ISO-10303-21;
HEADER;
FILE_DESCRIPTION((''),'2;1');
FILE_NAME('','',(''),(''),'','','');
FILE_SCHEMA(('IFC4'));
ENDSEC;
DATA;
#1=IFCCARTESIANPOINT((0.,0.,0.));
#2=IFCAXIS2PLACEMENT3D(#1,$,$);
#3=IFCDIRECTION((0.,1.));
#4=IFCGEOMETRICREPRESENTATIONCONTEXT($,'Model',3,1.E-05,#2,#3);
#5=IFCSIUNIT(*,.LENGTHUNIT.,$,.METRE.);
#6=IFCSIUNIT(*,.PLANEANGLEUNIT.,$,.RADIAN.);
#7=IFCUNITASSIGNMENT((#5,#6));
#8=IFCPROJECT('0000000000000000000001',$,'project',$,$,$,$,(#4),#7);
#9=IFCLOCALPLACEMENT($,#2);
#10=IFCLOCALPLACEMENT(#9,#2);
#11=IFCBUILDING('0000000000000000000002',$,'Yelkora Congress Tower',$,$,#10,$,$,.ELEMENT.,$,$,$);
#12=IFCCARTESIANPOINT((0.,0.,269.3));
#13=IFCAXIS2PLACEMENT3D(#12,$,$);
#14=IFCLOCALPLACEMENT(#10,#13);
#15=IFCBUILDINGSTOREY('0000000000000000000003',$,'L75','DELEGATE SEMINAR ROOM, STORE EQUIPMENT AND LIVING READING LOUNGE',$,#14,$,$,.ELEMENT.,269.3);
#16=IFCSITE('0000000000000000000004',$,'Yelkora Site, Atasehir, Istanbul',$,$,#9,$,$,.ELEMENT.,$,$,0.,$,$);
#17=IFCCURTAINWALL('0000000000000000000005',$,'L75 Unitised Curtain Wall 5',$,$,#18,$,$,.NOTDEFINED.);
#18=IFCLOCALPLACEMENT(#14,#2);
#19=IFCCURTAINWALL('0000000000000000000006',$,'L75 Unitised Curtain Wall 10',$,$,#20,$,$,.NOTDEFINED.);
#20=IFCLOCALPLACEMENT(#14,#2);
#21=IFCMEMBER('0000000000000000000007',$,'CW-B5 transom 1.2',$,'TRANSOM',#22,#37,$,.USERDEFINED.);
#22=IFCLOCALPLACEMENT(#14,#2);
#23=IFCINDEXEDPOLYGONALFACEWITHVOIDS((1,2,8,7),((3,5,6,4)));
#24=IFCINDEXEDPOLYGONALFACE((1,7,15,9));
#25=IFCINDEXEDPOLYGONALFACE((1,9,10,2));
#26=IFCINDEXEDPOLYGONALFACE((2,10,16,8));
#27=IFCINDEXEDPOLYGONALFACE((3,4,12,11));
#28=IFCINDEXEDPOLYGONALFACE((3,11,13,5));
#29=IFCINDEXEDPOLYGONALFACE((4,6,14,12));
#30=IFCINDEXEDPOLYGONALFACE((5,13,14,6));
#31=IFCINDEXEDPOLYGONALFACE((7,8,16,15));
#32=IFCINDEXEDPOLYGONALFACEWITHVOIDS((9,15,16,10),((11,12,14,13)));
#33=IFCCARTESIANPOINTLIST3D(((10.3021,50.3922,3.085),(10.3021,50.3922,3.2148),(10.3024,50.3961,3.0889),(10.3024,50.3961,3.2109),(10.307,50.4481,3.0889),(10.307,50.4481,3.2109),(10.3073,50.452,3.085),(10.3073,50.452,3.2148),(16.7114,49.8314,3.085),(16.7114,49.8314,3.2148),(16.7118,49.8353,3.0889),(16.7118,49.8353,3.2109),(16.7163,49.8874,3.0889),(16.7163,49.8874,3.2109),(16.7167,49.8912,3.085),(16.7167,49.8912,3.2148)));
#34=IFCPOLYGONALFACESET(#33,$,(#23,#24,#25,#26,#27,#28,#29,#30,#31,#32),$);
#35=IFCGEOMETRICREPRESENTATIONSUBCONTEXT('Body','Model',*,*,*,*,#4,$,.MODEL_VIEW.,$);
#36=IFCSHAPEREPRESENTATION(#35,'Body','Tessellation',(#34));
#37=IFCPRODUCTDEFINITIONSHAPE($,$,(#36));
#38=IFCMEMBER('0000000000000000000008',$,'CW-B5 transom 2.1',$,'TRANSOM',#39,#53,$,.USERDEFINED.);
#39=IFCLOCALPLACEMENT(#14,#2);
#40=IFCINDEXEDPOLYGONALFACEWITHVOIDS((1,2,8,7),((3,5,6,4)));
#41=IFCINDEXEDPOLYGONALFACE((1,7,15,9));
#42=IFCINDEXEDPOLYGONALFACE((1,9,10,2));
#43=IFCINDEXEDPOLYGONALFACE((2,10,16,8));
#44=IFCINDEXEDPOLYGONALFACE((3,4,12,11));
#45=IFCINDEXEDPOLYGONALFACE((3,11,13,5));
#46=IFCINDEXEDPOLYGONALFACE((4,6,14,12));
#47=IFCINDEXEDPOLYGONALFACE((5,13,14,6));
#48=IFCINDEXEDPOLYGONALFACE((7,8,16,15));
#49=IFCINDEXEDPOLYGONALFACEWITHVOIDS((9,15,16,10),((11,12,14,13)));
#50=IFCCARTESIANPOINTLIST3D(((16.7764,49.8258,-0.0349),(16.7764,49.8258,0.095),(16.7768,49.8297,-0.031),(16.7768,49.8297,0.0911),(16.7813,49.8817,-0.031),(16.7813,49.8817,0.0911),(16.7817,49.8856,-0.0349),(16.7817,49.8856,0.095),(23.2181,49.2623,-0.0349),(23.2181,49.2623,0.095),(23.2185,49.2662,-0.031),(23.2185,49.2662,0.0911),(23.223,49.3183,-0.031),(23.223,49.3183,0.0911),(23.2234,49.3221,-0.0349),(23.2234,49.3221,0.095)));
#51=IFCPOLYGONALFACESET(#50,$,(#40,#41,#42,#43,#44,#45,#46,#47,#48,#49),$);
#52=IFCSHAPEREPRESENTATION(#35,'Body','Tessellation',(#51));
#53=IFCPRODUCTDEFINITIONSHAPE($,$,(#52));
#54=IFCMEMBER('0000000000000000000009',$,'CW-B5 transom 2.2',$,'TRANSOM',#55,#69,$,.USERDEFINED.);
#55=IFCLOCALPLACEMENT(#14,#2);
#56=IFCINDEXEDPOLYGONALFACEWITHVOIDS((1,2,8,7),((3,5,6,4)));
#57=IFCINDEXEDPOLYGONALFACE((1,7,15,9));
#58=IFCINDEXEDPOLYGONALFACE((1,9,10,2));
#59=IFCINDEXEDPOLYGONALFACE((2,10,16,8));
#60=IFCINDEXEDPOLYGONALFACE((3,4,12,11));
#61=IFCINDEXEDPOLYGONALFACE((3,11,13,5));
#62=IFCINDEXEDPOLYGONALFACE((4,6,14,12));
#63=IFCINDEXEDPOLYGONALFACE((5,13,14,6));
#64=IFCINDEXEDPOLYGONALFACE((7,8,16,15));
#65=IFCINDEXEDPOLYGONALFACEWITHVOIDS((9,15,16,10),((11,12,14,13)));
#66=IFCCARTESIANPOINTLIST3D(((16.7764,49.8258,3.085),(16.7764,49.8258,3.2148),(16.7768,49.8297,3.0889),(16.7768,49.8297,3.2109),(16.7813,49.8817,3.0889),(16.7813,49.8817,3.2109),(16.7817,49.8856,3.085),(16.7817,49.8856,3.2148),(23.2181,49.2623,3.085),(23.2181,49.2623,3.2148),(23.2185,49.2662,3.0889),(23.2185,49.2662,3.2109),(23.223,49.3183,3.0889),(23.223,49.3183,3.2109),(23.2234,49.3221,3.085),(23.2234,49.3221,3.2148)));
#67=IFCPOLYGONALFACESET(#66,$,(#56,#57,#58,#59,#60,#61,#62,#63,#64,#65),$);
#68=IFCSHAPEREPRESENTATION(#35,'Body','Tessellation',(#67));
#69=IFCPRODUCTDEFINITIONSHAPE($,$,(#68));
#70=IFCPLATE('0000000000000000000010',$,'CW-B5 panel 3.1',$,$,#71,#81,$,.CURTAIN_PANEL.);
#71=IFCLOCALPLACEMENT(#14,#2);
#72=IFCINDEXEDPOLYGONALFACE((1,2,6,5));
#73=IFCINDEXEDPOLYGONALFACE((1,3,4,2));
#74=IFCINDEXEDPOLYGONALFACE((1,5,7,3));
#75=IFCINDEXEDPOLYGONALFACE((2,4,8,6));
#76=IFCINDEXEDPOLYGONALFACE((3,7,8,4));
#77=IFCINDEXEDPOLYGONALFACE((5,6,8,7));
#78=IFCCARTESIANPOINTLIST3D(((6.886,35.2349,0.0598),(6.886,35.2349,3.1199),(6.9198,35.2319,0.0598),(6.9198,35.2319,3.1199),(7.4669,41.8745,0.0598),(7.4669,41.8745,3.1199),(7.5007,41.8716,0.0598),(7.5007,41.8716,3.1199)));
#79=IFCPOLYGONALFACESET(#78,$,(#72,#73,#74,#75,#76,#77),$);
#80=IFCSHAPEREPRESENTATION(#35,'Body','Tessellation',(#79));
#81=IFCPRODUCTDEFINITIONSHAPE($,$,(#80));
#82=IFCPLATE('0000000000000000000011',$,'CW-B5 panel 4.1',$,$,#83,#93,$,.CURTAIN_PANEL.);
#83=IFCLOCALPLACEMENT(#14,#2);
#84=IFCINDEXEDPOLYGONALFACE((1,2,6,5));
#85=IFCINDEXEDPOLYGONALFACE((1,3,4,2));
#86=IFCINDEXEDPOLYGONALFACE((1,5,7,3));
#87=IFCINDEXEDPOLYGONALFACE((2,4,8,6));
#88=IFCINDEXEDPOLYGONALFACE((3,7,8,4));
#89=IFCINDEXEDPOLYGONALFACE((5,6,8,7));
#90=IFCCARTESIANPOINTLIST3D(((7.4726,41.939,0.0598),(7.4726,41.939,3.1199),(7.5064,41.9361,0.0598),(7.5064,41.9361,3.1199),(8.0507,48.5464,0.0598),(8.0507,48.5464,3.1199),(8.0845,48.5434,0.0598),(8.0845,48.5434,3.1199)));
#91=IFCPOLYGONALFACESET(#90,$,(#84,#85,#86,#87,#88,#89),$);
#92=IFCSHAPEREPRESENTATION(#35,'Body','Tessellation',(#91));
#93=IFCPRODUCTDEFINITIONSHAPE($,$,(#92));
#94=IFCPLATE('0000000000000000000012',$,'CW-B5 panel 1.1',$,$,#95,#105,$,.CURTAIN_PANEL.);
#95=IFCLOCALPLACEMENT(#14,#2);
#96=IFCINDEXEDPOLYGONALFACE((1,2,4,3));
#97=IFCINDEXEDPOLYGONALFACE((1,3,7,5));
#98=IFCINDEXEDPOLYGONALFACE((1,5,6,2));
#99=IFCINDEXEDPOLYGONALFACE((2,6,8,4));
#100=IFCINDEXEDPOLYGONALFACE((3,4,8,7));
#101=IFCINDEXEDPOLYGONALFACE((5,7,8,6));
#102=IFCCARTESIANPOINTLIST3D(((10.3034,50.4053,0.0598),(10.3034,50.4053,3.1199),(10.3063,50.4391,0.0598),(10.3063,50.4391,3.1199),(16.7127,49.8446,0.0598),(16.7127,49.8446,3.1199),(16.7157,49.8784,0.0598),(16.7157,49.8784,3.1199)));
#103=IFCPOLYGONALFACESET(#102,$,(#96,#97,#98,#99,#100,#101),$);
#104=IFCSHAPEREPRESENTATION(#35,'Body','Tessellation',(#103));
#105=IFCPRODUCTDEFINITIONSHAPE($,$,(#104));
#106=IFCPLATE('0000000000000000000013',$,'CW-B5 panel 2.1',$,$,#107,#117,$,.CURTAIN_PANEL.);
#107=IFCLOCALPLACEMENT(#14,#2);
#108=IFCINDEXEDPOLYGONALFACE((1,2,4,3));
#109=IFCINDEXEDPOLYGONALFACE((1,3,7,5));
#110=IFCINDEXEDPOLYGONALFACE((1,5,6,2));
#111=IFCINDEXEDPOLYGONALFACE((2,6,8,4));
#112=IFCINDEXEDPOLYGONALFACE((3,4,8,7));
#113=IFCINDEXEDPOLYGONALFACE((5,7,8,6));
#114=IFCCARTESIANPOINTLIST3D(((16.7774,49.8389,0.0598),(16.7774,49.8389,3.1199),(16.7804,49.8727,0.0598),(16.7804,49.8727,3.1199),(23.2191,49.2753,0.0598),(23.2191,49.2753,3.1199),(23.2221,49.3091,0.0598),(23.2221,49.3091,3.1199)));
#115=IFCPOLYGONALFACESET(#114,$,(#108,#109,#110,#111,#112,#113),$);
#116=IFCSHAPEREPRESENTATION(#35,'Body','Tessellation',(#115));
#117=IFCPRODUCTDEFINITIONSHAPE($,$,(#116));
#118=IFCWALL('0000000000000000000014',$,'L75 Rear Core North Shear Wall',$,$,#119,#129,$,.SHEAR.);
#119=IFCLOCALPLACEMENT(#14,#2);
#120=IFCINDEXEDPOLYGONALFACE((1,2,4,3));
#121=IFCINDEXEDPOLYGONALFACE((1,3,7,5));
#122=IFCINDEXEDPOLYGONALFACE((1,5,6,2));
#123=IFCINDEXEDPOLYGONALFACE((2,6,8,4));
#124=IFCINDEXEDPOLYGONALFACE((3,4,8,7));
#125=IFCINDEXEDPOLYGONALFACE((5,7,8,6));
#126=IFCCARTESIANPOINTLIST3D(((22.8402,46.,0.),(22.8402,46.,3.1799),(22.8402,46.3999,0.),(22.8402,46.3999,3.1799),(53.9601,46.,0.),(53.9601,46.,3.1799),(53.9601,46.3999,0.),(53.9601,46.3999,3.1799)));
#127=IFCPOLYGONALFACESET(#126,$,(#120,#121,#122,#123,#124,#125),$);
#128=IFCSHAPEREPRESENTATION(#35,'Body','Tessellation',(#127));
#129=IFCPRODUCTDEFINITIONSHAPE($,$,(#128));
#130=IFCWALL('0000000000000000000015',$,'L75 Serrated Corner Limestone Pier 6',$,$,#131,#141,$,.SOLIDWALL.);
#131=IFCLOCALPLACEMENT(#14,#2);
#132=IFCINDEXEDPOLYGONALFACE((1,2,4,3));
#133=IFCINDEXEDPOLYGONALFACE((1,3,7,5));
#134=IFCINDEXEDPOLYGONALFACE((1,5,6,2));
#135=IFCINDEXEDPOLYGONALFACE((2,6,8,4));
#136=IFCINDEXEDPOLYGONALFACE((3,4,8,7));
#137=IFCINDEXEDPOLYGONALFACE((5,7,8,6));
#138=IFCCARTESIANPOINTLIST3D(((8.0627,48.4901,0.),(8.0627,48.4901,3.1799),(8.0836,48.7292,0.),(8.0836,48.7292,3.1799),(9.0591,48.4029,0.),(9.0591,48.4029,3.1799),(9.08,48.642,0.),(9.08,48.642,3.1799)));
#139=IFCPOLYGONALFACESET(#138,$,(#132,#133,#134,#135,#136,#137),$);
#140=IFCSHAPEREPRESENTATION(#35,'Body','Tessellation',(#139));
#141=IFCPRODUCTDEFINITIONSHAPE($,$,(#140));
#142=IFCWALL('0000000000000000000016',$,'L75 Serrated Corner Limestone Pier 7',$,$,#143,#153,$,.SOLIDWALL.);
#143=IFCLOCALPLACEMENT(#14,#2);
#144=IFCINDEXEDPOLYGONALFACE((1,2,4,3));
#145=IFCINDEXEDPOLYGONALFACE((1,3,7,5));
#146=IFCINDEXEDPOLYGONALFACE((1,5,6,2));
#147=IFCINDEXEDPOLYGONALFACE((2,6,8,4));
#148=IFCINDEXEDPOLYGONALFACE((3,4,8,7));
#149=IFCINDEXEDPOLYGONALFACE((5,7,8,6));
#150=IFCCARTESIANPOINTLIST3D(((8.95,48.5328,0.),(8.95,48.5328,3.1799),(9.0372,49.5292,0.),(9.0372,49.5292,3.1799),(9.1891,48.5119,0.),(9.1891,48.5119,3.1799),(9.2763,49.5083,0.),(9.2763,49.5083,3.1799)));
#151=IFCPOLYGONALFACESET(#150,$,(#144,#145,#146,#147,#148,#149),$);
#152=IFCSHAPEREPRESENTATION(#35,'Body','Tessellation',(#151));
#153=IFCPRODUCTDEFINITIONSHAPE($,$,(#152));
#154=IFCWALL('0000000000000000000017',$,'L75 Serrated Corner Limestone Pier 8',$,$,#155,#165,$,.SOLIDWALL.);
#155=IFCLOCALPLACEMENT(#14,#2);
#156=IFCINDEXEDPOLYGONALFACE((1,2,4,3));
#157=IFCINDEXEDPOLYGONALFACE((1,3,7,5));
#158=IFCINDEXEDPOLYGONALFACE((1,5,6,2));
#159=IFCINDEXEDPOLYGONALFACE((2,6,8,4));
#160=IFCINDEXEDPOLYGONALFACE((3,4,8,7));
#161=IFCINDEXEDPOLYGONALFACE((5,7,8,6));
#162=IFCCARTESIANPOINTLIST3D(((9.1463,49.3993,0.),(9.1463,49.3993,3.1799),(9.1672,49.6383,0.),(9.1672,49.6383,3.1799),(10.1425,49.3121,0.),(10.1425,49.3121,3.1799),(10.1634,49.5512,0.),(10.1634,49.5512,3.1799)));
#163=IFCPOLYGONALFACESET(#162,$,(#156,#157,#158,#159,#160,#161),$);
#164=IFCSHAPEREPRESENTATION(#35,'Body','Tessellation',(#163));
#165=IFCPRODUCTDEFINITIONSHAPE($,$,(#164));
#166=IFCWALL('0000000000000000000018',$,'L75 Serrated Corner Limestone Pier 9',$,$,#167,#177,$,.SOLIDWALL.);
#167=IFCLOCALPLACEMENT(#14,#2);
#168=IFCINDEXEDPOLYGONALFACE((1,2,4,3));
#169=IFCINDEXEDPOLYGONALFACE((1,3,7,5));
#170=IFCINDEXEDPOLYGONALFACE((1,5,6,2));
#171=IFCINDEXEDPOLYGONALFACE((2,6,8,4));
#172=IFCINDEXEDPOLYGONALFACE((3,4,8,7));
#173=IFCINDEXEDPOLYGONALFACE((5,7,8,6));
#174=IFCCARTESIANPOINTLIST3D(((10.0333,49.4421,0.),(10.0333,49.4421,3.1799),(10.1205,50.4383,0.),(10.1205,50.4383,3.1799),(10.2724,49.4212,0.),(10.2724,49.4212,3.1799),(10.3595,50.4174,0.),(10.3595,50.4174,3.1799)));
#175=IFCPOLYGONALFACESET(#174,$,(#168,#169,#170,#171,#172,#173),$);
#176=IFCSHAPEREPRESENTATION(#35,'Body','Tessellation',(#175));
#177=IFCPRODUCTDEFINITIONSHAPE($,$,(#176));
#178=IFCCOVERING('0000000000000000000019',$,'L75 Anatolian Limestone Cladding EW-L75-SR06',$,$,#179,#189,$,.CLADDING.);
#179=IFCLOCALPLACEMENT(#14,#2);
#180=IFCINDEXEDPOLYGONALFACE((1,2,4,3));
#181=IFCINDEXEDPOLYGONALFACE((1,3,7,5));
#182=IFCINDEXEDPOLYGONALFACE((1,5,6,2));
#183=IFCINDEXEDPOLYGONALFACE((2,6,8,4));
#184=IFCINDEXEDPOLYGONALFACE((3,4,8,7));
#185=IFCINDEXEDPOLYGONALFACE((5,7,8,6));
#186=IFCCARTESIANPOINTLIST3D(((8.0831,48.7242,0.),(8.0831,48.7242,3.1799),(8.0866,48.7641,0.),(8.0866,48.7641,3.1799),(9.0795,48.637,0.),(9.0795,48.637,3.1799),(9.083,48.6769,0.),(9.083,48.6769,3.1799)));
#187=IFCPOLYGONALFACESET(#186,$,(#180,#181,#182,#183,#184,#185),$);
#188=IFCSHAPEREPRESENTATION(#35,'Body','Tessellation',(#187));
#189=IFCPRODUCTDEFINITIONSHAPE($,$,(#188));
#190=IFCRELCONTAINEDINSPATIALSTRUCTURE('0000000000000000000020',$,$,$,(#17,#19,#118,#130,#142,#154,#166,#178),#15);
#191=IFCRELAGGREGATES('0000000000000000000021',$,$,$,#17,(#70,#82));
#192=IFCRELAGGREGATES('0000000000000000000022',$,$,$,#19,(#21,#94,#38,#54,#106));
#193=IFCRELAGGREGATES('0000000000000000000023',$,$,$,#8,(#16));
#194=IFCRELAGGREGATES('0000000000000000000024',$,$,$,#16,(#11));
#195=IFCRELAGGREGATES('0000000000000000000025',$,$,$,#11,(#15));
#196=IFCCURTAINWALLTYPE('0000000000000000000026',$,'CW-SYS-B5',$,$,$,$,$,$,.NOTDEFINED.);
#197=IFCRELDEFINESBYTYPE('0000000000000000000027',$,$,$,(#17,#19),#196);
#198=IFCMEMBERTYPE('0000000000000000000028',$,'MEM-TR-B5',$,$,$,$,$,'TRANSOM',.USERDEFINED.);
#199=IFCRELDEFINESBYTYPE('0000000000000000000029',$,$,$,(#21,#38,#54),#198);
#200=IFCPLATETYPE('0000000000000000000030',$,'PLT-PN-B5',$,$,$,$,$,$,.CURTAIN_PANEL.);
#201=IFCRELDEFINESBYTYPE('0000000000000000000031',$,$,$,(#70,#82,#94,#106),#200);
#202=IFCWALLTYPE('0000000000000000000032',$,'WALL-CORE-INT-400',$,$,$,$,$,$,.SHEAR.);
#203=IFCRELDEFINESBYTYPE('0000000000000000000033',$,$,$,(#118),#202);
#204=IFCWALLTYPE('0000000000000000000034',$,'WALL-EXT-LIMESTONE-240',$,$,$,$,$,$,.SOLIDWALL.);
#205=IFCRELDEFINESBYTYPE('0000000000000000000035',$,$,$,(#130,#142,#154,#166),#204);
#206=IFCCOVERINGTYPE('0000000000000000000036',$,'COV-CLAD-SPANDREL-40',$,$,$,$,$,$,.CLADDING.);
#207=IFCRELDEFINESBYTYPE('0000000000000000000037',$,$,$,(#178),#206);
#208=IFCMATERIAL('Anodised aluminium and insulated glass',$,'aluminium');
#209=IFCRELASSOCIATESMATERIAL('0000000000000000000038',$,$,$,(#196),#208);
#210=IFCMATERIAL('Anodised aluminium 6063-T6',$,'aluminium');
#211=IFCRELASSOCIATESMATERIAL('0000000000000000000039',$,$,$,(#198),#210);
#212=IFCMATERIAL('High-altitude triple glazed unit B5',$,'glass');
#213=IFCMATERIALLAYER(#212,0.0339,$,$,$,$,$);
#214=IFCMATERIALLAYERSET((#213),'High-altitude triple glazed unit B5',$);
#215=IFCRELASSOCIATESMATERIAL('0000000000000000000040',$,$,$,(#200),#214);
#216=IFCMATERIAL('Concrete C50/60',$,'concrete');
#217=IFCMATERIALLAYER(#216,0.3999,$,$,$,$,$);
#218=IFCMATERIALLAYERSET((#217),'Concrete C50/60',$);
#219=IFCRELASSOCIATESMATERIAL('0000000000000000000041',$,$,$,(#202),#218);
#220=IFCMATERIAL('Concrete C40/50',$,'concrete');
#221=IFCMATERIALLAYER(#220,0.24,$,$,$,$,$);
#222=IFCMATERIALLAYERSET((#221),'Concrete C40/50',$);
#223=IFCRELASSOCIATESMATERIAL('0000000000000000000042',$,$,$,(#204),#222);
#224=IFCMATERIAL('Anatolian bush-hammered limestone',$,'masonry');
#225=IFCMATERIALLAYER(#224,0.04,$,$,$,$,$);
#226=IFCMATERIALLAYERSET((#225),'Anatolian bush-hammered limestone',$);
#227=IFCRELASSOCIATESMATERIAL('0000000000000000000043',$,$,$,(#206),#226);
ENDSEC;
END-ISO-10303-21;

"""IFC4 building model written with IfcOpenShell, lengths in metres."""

from ifc_helpers import new_model, si_unit, direction, frame, frame_2d, origin, origin_2d, place, context, subcontext, project, spatial, rectangle, hollow_rectangle, extrude, material, layer, layer_set, material_profile, profile_set, type_object, element, aggregate, save


model = new_model("IFC4")

# Units and contexts
model_context = context("Model", 3, precision=1e-05, world=origin(), true_north=direction((0.0, 1.0)))
body_context = subcontext(model_context, "Body", "Model", "MODEL_VIEW")
ifc_project = project(units=[si_unit("LENGTHUNIT", "METRE"), si_unit("PLANEANGLEUNIT", "RADIAN")], contexts=[model_context])

# Site, building, storey
site_placement = place(None, origin())
site = spatial("IfcSite", under=ifc_project, at=site_placement, Name="Yelkora Site, Atasehir, Istanbul", CompositionType="ELEMENT", RefElevation=0.0)
building_placement = place(site_placement, origin())
building = spatial("IfcBuilding", under=site, at=building_placement, Name="Yelkora Congress Tower", CompositionType="ELEMENT")
storey_placement = place(building_placement, frame((0.0, 0.0, 269.3)))
storey = spatial("IfcBuildingStorey", under=building, at=storey_placement, Name="L75", Description="DELEGATE SEMINAR ROOM, STORE EQUIPMENT AND LIVING READING LOUNGE", CompositionType="ELEMENT", Elevation=269.3)

# Curtain walls
ifc_material_1 = material(Name="Anodised aluminium and insulated glass", Category="aluminium")
curtain_wall_type = type_object("IfcCurtainWallType", Name="CW-SYS-B5", PredefinedType="NOTDEFINED", material=ifc_material_1)
curtain_wall_1_placement = place(storey_placement, origin())
curtain_wall_1 = element("IfcCurtainWall", 1, at=curtain_wall_1_placement, inside=storey, type_object=curtain_wall_type, Name="L75 Unitised Curtain Wall 5", PredefinedType="NOTDEFINED")
ifc_material_2 = material(Name="Anodised aluminium 6063-T6", Category="aluminium")
curtain_wall_2_placement = place(storey_placement, origin())
curtain_wall_2 = element("IfcCurtainWall", 2, at=curtain_wall_2_placement, inside=storey, type_object=curtain_wall_type, Name="L75 Unitised Curtain Wall 10", PredefinedType="NOTDEFINED")

# Members
ifc_material_profile_1 = material_profile(ifc_material_2, hollow_rectangle(XDim=0.0601, YDim=0.1299, WallThickness=0.0039, at=origin_2d()), Name="ALU 60x130x4")
ifc_profile_set_1 = profile_set([ifc_material_profile_1], Name="Anodised aluminium 6063-T6")
member_type_1 = type_object("IfcMemberType", Name="MEM-TR-B5", ElementType="TRANSOM", PredefinedType="USERDEFINED", material=ifc_profile_set_1)
member_1_placement = place(storey_placement, frame((10.3047, 50.4221, 3.1499), z_axis=(0.996194, -0.087162, 0.0), x_axis=(0.087162, 0.996194, 0.0)))
member_1 = element("IfcMember", 3, at=member_1_placement, type_object=member_type_1, Name="CW-B5 transom 1.2", ObjectType="TRANSOM", PredefinedType="USERDEFINED", context=body_context, shape_type="SweptSolid", body=[
    extrude(hollow_rectangle(XDim=0.0601, YDim=0.1299, WallThickness=0.0039, at=origin_2d()), origin(), (0.0, 0.0, 1.0), 6.4338),
])
member_2_placement = place(storey_placement, frame((16.7791, 49.8557, 0.03), z_axis=(0.996196, -0.087141, 0.0), x_axis=(0.087141, 0.996196, 0.0)))
member_2 = element("IfcMember", 4, at=member_2_placement, type_object=member_type_1, Name="CW-B5 transom 2.1", ObjectType="TRANSOM", PredefinedType="USERDEFINED", context=body_context, shape_type="SweptSolid", body=[
    extrude(hollow_rectangle(XDim=0.0601, YDim=0.1299, WallThickness=0.0039, at=origin_2d()), origin(), (0.0, 0.0, 1.0), 6.4663),
])
member_3_placement = place(storey_placement, frame((16.7791, 49.8557, 3.1499), z_axis=(0.996196, -0.087141, 0.0), x_axis=(0.087141, 0.996196, 0.0)))
member_3 = element("IfcMember", 5, at=member_3_placement, type_object=member_type_1, Name="CW-B5 transom 2.2", ObjectType="TRANSOM", PredefinedType="USERDEFINED", context=body_context, shape_type="SweptSolid", body=[
    extrude(hollow_rectangle(XDim=0.0601, YDim=0.1299, WallThickness=0.0039, at=origin_2d()), origin(), (0.0, 0.0, 1.0), 6.4663),
])

# Plates
ifc_material_3 = material(Name="High-altitude triple glazed unit B5", Category="glass")
ifc_layer_1 = layer(ifc_material_3, 0.0339)
ifc_layer_set_1 = layer_set([ifc_layer_1], Name="High-altitude triple glazed unit B5")
plate_type = type_object("IfcPlateType", Name="PLT-PN-B5", PredefinedType="CURTAIN_PANEL", material=ifc_layer_set_1)
plate_1_placement = place(storey_placement, frame((7.1934, 38.5532, 0.0598), z_axis=(0.0, 0.0, 1.0), x_axis=(0.087155, 0.996195, 0.0)))
plate_1 = element("IfcPlate", 6, at=plate_1_placement, type_object=plate_type, Name="CW-B5 panel 3.1", PredefinedType="CURTAIN_PANEL", context=body_context, shape_type="SweptSolid", body=[
    extrude(rectangle(XDim=6.665, YDim=0.0339, at=origin_2d()), origin(), (0.0, 0.0, 1.0), 3.0601),
])
plate_2_placement = place(storey_placement, frame((7.7786, 45.2412, 0.0598), z_axis=(0.0, 0.0, 1.0), x_axis=(0.087155, 0.996195, 0.0)))
plate_2 = element("IfcPlate", 7, at=plate_2_placement, type_object=plate_type, Name="CW-B5 panel 4.1", PredefinedType="CURTAIN_PANEL", context=body_context, shape_type="SweptSolid", body=[
    extrude(rectangle(XDim=6.6326, YDim=0.0339, at=origin_2d()), origin(), (0.0, 0.0, 1.0), 3.0601),
])
aggregate(curtain_wall_1, [plate_1, plate_2])
plate_3_placement = place(storey_placement, frame((13.5095, 50.1418, 0.0598), z_axis=(0.0, 0.0, 1.0), x_axis=(0.996195, -0.087157, 0.0)))
plate_3 = element("IfcPlate", 8, at=plate_3_placement, type_object=plate_type, Name="CW-B5 panel 1.1", PredefinedType="CURTAIN_PANEL", context=body_context, shape_type="SweptSolid", body=[
    extrude(rectangle(XDim=6.4338, YDim=0.0339, at=origin_2d()), origin(), (0.0, 0.0, 1.0), 3.0601),
])
plate_4_placement = place(storey_placement, frame((19.9998, 49.574, 0.0598), z_axis=(0.0, 0.0, 1.0), x_axis=(0.996195, -0.087157, 0.0)))
plate_4 = element("IfcPlate", 9, at=plate_4_placement, type_object=plate_type, Name="CW-B5 panel 2.1", PredefinedType="CURTAIN_PANEL", context=body_context, shape_type="SweptSolid", body=[
    extrude(rectangle(XDim=6.4663, YDim=0.0339, at=origin_2d()), origin(), (0.0, 0.0, 1.0), 3.0601),
])
aggregate(curtain_wall_2, [member_1, plate_3, member_2, member_3, plate_4])

# Walls
ifc_material_4 = material(Name="Concrete C50/60", Category="concrete")
ifc_layer_2 = layer(ifc_material_4, 0.3999)
ifc_layer_set_2 = layer_set([ifc_layer_2], Name="Concrete C50/60")
wall_type_1 = type_object("IfcWallType", Name="WALL-CORE-INT-400", PredefinedType="SHEAR", material=ifc_layer_set_2)
wall_placement = place(storey_placement, frame((22.8401, 46.2, 0.0), z_axis=(0.0, 0.0, 1.0), x_axis=(1.0, 0.0, 0.0)))
element("IfcWall", 10, at=wall_placement, inside=storey, type_object=wall_type_1, Name="L75 Rear Core North Shear Wall", PredefinedType="SHEAR", context=body_context, shape_type="SweptSolid", body=[
    extrude(rectangle(XDim=31.1199, YDim=0.3999, at=frame_2d((15.5601, 0.0))), origin(), (0.0, 0.0, 1.0), 3.1799),
])
ifc_material_5 = material(Name="Concrete C40/50", Category="concrete")
ifc_layer_3 = layer(ifc_material_5, 0.24)
ifc_layer_set_3 = layer_set([ifc_layer_3], Name="Concrete C40/50")
wall_type_2 = type_object("IfcWallType", Name="WALL-EXT-LIMESTONE-240", PredefinedType="SOLIDWALL", material=ifc_layer_set_3)
for number, where, z_axis, x_axis, name in (
    (11, (8.0732, 48.6096, 0.0), (0.0, 0.0, 1.0), (0.996196, -0.087146, 0.0), "L75 Serrated Corner Limestone Pier 6"),
    (12, (9.0696, 48.5225, 0.0), (0.0, 0.0, 1.0), (0.087146, 0.996196, 0.0), "L75 Serrated Corner Limestone Pier 7"),
):
    element("IfcWall", number, at=place(storey_placement, frame(where, z_axis=z_axis, x_axis=x_axis)), inside=storey, type_object=wall_type_2, Name=name, PredefinedType="SOLIDWALL", context=body_context, shape_type="SweptSolid", body=[
        extrude(rectangle(XDim=1.0002, YDim=0.24, at=frame_2d((0.5, 0.0))), origin(), (0.0, 0.0, 1.0), 3.1799),
    ])
for number, where, z_axis, x_axis, name in (
    (13, (9.1567, 49.5188, 0.0), (0.0, 0.0, 1.0), (0.996194, -0.087167, 0.0), "L75 Serrated Corner Limestone Pier 8"),
    (14, (10.1528, 49.4316, 0.0), (0.0, 0.0, 1.0), (0.087167, 0.996194, 0.0), "L75 Serrated Corner Limestone Pier 9"),
):
    element("IfcWall", number, at=place(storey_placement, frame(where, z_axis=z_axis, x_axis=x_axis)), inside=storey, type_object=wall_type_2, Name=name, PredefinedType="SOLIDWALL", context=body_context, shape_type="SweptSolid", body=[
        extrude(rectangle(XDim=1.0, YDim=0.24, at=frame_2d((0.5, 0.0))), origin(), (0.0, 0.0, 1.0), 3.1799),
    ])

# Covering
ifc_material_6 = material(Name="Anatolian bush-hammered limestone", Category="masonry")
ifc_layer_4 = layer(ifc_material_6, 0.04)
ifc_layer_set_4 = layer_set([ifc_layer_4], Name="Anatolian bush-hammered limestone")
covering_type = type_object("IfcCoveringType", Name="COV-CLAD-SPANDREL-40", PredefinedType="CLADDING", material=ifc_layer_set_4)
for number, where, z_axis, x_axis, name in (
    (15, (8.085, 48.7441, 0.0), (0.0, 0.0, 1.0), (0.996196, -0.087146, 0.0), "L75 Anatolian Limestone Cladding EW-L75-SR06"),
):
    element("IfcCovering", number, at=place(storey_placement, frame(where, z_axis=z_axis, x_axis=x_axis)), inside=storey, type_object=covering_type, Name=name, PredefinedType="CLADDING", context=body_context, shape_type="SweptSolid", body=[
        extrude(rectangle(XDim=1.0002, YDim=0.04, at=frame_2d((0.5, 0.0))), origin(), (0.0, 0.0, 1.0), 3.1799),
    ])

save(model, "model.ifc")
